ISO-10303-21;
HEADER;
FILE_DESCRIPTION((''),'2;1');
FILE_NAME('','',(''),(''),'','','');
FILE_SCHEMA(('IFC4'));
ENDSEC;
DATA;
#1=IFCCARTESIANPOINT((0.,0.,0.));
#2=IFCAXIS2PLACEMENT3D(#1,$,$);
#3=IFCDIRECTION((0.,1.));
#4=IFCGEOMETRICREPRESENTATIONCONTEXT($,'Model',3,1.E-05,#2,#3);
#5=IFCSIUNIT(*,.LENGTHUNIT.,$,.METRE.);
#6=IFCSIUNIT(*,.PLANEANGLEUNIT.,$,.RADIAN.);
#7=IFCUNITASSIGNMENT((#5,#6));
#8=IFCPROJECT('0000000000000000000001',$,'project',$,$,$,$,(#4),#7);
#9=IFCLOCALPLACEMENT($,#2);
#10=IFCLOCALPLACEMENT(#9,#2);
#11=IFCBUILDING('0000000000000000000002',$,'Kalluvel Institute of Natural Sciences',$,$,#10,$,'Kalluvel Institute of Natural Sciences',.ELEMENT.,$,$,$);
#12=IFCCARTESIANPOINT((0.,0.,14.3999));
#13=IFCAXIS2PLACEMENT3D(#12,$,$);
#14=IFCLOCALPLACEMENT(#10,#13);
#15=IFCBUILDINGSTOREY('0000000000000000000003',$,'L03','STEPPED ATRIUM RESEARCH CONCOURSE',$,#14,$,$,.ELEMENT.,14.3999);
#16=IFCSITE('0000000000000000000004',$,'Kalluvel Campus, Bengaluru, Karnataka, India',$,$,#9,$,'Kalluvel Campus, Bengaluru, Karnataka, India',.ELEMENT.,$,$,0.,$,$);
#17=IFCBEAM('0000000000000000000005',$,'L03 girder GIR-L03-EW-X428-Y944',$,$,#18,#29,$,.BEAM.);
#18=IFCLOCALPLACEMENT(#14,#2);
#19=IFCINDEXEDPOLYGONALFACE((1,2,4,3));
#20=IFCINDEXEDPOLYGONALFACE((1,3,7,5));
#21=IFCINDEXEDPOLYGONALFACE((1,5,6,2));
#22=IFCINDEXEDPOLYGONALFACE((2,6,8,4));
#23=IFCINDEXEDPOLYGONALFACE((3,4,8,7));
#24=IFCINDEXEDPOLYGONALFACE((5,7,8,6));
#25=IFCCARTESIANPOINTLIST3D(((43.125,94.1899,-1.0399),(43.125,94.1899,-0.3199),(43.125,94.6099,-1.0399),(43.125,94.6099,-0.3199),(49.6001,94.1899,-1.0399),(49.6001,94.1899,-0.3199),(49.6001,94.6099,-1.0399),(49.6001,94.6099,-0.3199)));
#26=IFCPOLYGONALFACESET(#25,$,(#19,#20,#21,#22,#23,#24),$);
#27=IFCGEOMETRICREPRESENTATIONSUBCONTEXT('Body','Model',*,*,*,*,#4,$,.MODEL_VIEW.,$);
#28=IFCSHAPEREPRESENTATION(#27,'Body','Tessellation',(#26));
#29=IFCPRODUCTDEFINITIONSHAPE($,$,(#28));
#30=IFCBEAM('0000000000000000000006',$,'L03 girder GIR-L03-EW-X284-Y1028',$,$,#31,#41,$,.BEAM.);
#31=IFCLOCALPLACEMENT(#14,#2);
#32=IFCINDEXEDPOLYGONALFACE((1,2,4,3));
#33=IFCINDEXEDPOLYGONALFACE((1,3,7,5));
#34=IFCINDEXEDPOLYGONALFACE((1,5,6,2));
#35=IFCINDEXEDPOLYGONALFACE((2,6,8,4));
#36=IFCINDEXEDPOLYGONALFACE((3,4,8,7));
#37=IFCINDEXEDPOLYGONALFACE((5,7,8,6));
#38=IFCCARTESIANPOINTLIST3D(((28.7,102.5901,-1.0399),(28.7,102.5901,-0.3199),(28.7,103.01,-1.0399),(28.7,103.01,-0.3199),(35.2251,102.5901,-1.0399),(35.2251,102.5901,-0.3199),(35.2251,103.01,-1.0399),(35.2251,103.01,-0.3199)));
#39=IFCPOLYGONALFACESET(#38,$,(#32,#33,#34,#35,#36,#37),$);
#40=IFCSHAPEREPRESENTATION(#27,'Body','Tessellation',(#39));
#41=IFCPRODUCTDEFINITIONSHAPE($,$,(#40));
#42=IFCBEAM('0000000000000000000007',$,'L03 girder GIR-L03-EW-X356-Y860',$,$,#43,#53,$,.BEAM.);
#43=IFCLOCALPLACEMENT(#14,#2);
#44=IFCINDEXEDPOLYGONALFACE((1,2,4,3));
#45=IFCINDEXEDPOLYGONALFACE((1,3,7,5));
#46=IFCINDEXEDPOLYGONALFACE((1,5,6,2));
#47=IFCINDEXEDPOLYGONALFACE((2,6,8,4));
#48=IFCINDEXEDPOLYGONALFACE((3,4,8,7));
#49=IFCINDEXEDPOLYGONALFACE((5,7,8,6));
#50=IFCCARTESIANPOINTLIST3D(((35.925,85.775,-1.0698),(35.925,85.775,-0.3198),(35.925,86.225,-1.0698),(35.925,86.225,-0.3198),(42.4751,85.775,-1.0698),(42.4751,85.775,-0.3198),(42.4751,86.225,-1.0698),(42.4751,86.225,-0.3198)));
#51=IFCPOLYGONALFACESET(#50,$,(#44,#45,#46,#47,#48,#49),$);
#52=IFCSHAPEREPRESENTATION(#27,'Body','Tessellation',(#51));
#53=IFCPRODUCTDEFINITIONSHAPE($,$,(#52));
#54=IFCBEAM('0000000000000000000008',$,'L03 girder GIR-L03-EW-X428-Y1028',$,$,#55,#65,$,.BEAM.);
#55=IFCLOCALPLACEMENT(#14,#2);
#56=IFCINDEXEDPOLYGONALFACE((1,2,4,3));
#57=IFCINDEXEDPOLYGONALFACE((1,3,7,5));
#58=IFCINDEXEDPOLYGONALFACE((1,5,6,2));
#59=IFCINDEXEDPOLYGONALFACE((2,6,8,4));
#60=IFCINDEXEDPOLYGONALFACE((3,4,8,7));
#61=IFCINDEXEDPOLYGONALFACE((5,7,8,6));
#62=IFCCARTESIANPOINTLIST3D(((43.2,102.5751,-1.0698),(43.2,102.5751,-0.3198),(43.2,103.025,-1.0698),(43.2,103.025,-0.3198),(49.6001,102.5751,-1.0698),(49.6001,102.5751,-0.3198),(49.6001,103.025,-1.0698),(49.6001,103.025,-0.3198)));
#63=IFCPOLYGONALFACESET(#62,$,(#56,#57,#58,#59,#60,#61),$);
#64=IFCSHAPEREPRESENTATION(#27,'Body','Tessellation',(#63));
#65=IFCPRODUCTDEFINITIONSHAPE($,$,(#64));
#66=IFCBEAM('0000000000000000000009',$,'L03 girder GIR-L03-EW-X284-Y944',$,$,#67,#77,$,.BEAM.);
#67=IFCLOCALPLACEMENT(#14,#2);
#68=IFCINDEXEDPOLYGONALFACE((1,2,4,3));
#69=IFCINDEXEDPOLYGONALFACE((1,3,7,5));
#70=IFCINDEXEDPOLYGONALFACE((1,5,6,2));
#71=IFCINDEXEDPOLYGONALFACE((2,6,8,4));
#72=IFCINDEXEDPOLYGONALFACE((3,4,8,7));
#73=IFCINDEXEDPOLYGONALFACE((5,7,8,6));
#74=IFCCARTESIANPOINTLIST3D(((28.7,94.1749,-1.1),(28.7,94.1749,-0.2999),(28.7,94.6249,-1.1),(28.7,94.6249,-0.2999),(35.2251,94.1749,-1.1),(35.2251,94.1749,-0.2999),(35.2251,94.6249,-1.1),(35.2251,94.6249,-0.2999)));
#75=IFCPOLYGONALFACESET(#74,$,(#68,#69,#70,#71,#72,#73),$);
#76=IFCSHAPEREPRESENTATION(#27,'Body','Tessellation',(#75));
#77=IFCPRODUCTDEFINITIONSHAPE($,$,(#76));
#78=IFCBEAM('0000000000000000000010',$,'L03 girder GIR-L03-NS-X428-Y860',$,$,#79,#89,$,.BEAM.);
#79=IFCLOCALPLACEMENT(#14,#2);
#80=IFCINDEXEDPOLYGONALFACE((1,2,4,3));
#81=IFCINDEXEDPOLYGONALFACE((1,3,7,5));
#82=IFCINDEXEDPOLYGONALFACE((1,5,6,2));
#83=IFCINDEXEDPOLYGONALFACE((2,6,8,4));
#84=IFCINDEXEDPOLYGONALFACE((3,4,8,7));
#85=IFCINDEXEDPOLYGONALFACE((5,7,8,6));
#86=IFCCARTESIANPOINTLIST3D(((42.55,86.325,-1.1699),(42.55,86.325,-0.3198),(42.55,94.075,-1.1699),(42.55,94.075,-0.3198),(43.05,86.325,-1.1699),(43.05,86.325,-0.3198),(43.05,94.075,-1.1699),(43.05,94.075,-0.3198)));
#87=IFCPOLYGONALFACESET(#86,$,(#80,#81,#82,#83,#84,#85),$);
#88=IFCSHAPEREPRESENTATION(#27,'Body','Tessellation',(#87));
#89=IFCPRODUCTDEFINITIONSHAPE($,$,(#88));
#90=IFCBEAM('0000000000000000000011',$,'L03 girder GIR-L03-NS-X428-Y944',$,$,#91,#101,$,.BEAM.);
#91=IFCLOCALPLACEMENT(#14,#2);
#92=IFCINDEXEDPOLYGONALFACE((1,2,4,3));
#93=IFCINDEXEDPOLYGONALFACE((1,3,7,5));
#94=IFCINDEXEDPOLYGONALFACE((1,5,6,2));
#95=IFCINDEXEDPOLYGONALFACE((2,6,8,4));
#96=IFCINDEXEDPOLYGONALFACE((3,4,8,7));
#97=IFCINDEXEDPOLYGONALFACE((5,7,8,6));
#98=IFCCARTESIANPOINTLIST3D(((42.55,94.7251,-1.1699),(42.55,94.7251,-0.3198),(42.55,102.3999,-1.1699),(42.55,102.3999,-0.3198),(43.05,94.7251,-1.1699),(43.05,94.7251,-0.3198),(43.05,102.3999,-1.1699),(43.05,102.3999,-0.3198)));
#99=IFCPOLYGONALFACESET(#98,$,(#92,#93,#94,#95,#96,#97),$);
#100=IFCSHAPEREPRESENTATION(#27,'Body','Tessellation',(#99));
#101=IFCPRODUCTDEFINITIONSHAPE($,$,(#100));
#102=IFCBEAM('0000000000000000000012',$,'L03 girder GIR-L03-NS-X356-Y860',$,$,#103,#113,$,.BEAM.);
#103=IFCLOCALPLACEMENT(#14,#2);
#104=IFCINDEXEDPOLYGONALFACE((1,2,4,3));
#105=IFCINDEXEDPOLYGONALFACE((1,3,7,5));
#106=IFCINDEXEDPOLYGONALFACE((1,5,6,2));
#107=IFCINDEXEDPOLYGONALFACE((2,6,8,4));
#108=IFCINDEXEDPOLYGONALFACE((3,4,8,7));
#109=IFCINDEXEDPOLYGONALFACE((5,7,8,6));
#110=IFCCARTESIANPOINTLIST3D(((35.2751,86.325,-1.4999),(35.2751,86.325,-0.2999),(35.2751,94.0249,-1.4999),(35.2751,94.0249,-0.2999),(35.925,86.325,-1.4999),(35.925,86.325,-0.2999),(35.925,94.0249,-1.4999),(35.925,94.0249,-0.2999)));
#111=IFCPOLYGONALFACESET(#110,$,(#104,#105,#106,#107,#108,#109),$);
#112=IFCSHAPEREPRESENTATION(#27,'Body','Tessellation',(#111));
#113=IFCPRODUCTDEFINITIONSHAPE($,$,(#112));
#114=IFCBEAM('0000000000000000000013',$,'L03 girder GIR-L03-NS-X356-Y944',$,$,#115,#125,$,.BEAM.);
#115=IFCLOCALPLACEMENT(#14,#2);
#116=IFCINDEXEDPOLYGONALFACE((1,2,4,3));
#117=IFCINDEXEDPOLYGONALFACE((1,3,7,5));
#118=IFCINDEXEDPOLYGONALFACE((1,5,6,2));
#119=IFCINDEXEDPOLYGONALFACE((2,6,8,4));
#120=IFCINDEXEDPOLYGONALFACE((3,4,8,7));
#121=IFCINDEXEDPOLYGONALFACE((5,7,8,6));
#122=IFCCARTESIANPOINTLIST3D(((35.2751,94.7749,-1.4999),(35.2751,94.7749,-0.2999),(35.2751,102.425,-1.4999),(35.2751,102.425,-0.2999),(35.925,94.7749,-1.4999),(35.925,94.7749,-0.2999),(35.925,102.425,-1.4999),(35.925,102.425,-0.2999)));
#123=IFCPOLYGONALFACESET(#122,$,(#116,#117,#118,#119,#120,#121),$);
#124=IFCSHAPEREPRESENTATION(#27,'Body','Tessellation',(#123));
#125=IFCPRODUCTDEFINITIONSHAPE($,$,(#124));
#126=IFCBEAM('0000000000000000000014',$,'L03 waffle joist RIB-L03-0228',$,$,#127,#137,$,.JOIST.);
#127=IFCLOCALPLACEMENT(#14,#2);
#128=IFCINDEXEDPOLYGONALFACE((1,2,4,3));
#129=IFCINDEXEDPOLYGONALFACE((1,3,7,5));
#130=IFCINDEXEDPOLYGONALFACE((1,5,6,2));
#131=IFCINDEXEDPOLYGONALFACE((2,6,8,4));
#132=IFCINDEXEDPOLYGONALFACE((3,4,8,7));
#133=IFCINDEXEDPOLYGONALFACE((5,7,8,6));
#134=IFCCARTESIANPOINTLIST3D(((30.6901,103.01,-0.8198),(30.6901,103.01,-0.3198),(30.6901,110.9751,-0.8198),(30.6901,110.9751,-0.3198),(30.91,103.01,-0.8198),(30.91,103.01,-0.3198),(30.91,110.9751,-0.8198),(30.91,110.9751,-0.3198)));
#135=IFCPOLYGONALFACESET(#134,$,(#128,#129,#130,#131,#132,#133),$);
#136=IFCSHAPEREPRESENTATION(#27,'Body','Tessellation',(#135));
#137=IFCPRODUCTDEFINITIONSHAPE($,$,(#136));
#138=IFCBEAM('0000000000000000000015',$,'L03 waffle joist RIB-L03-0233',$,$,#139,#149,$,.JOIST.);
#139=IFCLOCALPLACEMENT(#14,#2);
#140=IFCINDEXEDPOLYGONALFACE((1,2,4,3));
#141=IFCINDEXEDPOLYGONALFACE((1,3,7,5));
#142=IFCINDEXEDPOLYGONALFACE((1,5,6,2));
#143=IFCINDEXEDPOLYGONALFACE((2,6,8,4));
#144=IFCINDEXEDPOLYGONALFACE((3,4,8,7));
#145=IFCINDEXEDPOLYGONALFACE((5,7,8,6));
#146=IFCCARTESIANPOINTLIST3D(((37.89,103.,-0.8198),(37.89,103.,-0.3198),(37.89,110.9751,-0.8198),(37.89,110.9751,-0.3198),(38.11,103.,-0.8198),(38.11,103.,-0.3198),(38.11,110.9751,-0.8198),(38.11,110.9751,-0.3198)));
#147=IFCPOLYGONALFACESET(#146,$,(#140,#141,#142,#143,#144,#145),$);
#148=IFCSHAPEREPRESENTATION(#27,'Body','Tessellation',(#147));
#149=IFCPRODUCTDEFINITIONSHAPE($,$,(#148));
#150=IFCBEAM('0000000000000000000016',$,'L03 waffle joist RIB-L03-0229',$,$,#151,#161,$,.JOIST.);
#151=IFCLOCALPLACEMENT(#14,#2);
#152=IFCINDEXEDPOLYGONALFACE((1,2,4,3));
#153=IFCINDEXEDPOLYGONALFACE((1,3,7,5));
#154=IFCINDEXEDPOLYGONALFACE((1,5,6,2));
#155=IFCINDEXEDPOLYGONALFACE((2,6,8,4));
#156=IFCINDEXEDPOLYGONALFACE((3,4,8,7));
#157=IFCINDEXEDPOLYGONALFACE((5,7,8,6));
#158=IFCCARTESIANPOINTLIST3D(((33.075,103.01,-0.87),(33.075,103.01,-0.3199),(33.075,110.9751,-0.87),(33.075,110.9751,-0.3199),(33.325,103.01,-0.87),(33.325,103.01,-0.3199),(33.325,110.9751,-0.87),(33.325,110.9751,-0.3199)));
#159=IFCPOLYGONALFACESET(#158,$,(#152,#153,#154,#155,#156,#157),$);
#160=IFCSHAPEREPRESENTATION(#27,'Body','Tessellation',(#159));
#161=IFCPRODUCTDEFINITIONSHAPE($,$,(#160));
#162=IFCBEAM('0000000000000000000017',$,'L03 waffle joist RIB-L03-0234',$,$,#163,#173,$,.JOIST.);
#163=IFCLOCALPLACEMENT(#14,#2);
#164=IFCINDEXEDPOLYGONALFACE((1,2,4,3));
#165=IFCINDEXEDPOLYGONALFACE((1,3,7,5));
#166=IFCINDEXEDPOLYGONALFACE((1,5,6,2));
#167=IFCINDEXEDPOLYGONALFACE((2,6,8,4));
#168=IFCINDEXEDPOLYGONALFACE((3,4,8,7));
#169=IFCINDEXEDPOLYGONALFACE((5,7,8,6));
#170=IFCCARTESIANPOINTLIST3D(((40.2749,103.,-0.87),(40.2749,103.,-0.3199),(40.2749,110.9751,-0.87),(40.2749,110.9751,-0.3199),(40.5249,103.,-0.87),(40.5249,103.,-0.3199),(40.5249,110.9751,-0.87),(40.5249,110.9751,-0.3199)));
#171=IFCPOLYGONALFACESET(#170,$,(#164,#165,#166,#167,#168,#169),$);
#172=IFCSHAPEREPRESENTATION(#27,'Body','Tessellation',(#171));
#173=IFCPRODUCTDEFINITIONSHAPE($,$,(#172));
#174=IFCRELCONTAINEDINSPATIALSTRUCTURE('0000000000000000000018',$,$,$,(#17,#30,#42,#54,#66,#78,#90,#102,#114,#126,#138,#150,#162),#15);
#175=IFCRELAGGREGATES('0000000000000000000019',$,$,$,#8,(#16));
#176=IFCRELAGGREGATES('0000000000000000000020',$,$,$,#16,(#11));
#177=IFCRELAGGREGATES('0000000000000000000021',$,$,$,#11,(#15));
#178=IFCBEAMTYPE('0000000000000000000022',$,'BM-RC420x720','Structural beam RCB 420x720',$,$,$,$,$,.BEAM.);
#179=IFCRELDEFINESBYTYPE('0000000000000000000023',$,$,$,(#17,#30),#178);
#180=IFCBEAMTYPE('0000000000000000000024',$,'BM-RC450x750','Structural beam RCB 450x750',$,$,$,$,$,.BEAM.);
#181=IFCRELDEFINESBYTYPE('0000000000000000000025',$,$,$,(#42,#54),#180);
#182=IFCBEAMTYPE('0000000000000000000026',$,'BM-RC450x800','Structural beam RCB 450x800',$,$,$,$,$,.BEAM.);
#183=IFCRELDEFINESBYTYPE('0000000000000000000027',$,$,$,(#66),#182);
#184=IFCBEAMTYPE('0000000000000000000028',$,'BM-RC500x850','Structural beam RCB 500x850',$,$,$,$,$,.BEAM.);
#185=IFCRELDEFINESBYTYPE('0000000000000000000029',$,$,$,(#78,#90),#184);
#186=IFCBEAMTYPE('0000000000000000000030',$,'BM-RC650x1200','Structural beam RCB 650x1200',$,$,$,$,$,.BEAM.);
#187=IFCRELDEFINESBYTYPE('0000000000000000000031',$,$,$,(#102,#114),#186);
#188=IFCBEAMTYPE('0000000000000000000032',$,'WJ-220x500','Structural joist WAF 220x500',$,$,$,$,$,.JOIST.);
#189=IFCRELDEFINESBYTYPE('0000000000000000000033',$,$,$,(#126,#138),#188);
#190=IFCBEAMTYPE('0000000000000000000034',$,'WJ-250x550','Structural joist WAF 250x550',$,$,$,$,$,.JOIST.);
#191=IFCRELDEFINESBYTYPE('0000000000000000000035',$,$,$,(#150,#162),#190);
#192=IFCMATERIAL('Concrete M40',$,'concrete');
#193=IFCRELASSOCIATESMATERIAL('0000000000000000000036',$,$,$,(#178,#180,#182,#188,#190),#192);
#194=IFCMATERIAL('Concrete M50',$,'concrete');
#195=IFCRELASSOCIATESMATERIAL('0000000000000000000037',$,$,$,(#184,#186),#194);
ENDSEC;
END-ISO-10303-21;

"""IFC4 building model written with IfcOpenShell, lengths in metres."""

from ifc_helpers import new_model, si_unit, direction, frame, origin, origin_2d, place, context, subcontext, project, spatial, rectangle, extrude, material, material_profile, profile_set, type_object, element, save


model = new_model("IFC4")

# Units and contexts
model_context = context("Model", 3, precision=1e-05, world=origin(), true_north=direction((0.0, 1.0)))
body_context = subcontext(model_context, "Body", "Model", "MODEL_VIEW")
ifc_project = project(units=[si_unit("LENGTHUNIT", "METRE"), si_unit("PLANEANGLEUNIT", "RADIAN")], contexts=[model_context])

# Site, building, storey
site_placement = place(None, origin())
site = spatial("IfcSite", under=ifc_project, at=site_placement, Name="Kalluvel Campus, Bengaluru, Karnataka, India", LongName="Kalluvel Campus, Bengaluru, Karnataka, India", CompositionType="ELEMENT", RefElevation=0.0)
building_placement = place(site_placement, origin())
building = spatial("IfcBuilding", under=site, at=building_placement, Name="Kalluvel Institute of Natural Sciences", LongName="Kalluvel Institute of Natural Sciences", CompositionType="ELEMENT")
storey_placement = place(building_placement, frame((0.0, 0.0, 14.3999)))
storey = spatial("IfcBuildingStorey", under=building, at=storey_placement, Name="L03", Description="STEPPED ATRIUM RESEARCH CONCOURSE", CompositionType="ELEMENT", Elevation=14.3999)

# Shared definitions
ifc_material_1 = material(Name="Concrete M50", Category="concrete")
ifc_material_2 = material(Name="Concrete M40", Category="concrete")

# Beams
ifc_material_profile_1 = material_profile(ifc_material_2, rectangle(XDim=0.4199, YDim=0.72, at=origin_2d()), Name="RCB 420x720")
ifc_profile_set_1 = profile_set([ifc_material_profile_1], Name="Concrete M40")
beam_type_1 = type_object("IfcBeamType", Name="BM-RC420x720", Description="Structural beam RCB 420x720", PredefinedType="BEAM", material=ifc_profile_set_1)
beam_1_placement = place(storey_placement, frame((43.125, 94.3999, -0.6799), z_axis=(1.0, 0.0, 0.0), x_axis=(0.0, 1.0, 0.0)))
element("IfcBeam", 1, at=beam_1_placement, inside=storey, type_object=beam_type_1, Name="L03 girder GIR-L03-EW-X428-Y944", PredefinedType="BEAM", context=body_context, shape_type="SweptSolid", body=[
    extrude(rectangle(XDim=0.4199, YDim=0.72, at=origin_2d()), origin(), (0.0, 0.0, 1.0), 6.4751),
])
beam_2_placement = place(storey_placement, frame((28.7, 102.8, -0.6799), z_axis=(1.0, 0.0, 0.0), x_axis=(0.0, 1.0, 0.0)))
element("IfcBeam", 2, at=beam_2_placement, inside=storey, type_object=beam_type_1, Name="L03 girder GIR-L03-EW-X284-Y1028", PredefinedType="BEAM", context=body_context, shape_type="SweptSolid", body=[
    extrude(rectangle(XDim=0.4199, YDim=0.72, at=origin_2d()), origin(), (0.0, 0.0, 1.0), 6.5251),
])
ifc_material_profile_2 = material_profile(ifc_material_2, rectangle(XDim=0.45, YDim=0.75, at=origin_2d()), Name="RCB 450x750")
ifc_profile_set_2 = profile_set([ifc_material_profile_2], Name="Concrete M40")
beam_type_2 = type_object("IfcBeamType", Name="BM-RC450x750", Description="Structural beam RCB 450x750", PredefinedType="BEAM", material=ifc_profile_set_2)
beam_3_placement = place(storey_placement, frame((35.925, 86.0, -0.6948), z_axis=(1.0, 0.0, 0.0), x_axis=(0.0, 1.0, 0.0)))
element("IfcBeam", 3, at=beam_3_placement, inside=storey, type_object=beam_type_2, Name="L03 girder GIR-L03-EW-X356-Y860", PredefinedType="BEAM", context=body_context, shape_type="SweptSolid", body=[
    extrude(rectangle(XDim=0.45, YDim=0.75, at=origin_2d()), origin(), (0.0, 0.0, 1.0), 6.55),
])
beam_4_placement = place(storey_placement, frame((43.2, 102.8, -0.6948), z_axis=(1.0, 0.0, 0.0), x_axis=(0.0, 1.0, 0.0)))
element("IfcBeam", 4, at=beam_4_placement, inside=storey, type_object=beam_type_2, Name="L03 girder GIR-L03-EW-X428-Y1028", PredefinedType="BEAM", context=body_context, shape_type="SweptSolid", body=[
    extrude(rectangle(XDim=0.45, YDim=0.75, at=origin_2d()), origin(), (0.0, 0.0, 1.0), 6.4001),
])
ifc_material_profile_3 = material_profile(ifc_material_2, rectangle(XDim=0.45, YDim=0.8, at=origin_2d()), Name="RCB 450x800")
ifc_profile_set_3 = profile_set([ifc_material_profile_3], Name="Concrete M40")
beam_type_3 = type_object("IfcBeamType", Name="BM-RC450x800", Description="Structural beam RCB 450x800", PredefinedType="BEAM", material=ifc_profile_set_3)
beam_5_placement = place(storey_placement, frame((28.7, 94.3999, -0.7), z_axis=(1.0, 0.0, 0.0), x_axis=(0.0, 1.0, 0.0)))
element("IfcBeam", 5, at=beam_5_placement, inside=storey, type_object=beam_type_3, Name="L03 girder GIR-L03-EW-X284-Y944", PredefinedType="BEAM", context=body_context, shape_type="SweptSolid", body=[
    extrude(rectangle(XDim=0.45, YDim=0.8, at=origin_2d()), origin(), (0.0, 0.0, 1.0), 6.5251),
])
ifc_material_profile_4 = material_profile(ifc_material_1, rectangle(XDim=0.5, YDim=0.8501, at=origin_2d()), Name="RCB 500x850")
ifc_profile_set_4 = profile_set([ifc_material_profile_4], Name="Concrete M50")
beam_type_4 = type_object("IfcBeamType", Name="BM-RC500x850", Description="Structural beam RCB 500x850", PredefinedType="BEAM", material=ifc_profile_set_4)
beam_6_placement = place(storey_placement, frame((42.8, 86.325, -0.7449), z_axis=(0.0, 1.0, 0.0), x_axis=(-1.0, 0.0, 0.0)))
element("IfcBeam", 6, at=beam_6_placement, inside=storey, type_object=beam_type_4, Name="L03 girder GIR-L03-NS-X428-Y860", PredefinedType="BEAM", context=body_context, shape_type="SweptSolid", body=[
    extrude(rectangle(XDim=0.5, YDim=0.8501, at=origin_2d()), origin(), (0.0, 0.0, 1.0), 7.75),
])
beam_7_placement = place(storey_placement, frame((42.8, 94.7251, -0.7449), z_axis=(0.0, 1.0, 0.0), x_axis=(-1.0, 0.0, 0.0)))
element("IfcBeam", 7, at=beam_7_placement, inside=storey, type_object=beam_type_4, Name="L03 girder GIR-L03-NS-X428-Y944", PredefinedType="BEAM", context=body_context, shape_type="SweptSolid", body=[
    extrude(rectangle(XDim=0.5, YDim=0.8501, at=origin_2d()), origin(), (0.0, 0.0, 1.0), 7.6748),
])
ifc_material_profile_5 = material_profile(ifc_material_1, rectangle(XDim=0.6499, YDim=1.2, at=origin_2d()), Name="RCB 650x1200")
ifc_profile_set_5 = profile_set([ifc_material_profile_5], Name="Concrete M50")
beam_type_5 = type_object("IfcBeamType", Name="BM-RC650x1200", Description="Structural beam RCB 650x1200", PredefinedType="BEAM", material=ifc_profile_set_5)
beam_8_placement = place(storey_placement, frame((35.6001, 86.325, -0.8999), z_axis=(0.0, 1.0, 0.0), x_axis=(-1.0, 0.0, 0.0)))
element("IfcBeam", 8, at=beam_8_placement, inside=storey, type_object=beam_type_5, Name="L03 girder GIR-L03-NS-X356-Y860", PredefinedType="BEAM", context=body_context, shape_type="SweptSolid", body=[
    extrude(rectangle(XDim=0.6499, YDim=1.2, at=origin_2d()), origin(), (0.0, 0.0, 1.0), 7.7),
])
beam_9_placement = place(storey_placement, frame((35.6001, 94.7749, -0.8999), z_axis=(0.0, 1.0, 0.0), x_axis=(-1.0, 0.0, 0.0)))
element("IfcBeam", 9, at=beam_9_placement, inside=storey, type_object=beam_type_5, Name="L03 girder GIR-L03-NS-X356-Y944", PredefinedType="BEAM", context=body_context, shape_type="SweptSolid", body=[
    extrude(rectangle(XDim=0.6499, YDim=1.2, at=origin_2d()), origin(), (0.0, 0.0, 1.0), 7.6501),
])
ifc_material_profile_6 = material_profile(ifc_material_2, rectangle(XDim=0.22, YDim=0.5, at=origin_2d()), Name="WAF 220x500")
ifc_profile_set_6 = profile_set([ifc_material_profile_6], Name="Concrete M40")
beam_type_6 = type_object("IfcBeamType", Name="WJ-220x500", Description="Structural joist WAF 220x500", PredefinedType="JOIST", material=ifc_profile_set_6)
beam_10_placement = place(storey_placement, frame((30.8, 103.01, -0.5698), z_axis=(0.0, 1.0, 0.0), x_axis=(-1.0, 0.0, 0.0)))
element("IfcBeam", 10, at=beam_10_placement, inside=storey, type_object=beam_type_6, Name="L03 waffle joist RIB-L03-0228", PredefinedType="JOIST", context=body_context, shape_type="SweptSolid", body=[
    extrude(rectangle(XDim=0.22, YDim=0.5, at=origin_2d()), origin(), (0.0, 0.0, 1.0), 7.9651),
])
beam_11_placement = place(storey_placement, frame((38.0, 103.0, -0.5698), z_axis=(0.0, 1.0, 0.0), x_axis=(-1.0, 0.0, 0.0)))
element("IfcBeam", 11, at=beam_11_placement, inside=storey, type_object=beam_type_6, Name="L03 waffle joist RIB-L03-0233", PredefinedType="JOIST", context=body_context, shape_type="SweptSolid", body=[
    extrude(rectangle(XDim=0.22, YDim=0.5, at=origin_2d()), origin(), (0.0, 0.0, 1.0), 7.9751),
])
ifc_material_profile_7 = material_profile(ifc_material_2, rectangle(XDim=0.25, YDim=0.55, at=origin_2d()), Name="WAF 250x550")
ifc_profile_set_7 = profile_set([ifc_material_profile_7], Name="Concrete M40")
beam_type_7 = type_object("IfcBeamType", Name="WJ-250x550", Description="Structural joist WAF 250x550", PredefinedType="JOIST", material=ifc_profile_set_7)
beam_12_placement = place(storey_placement, frame((33.2, 103.01, -0.595), z_axis=(0.0, 1.0, 0.0), x_axis=(-1.0, 0.0, 0.0)))
element("IfcBeam", 12, at=beam_12_placement, inside=storey, type_object=beam_type_7, Name="L03 waffle joist RIB-L03-0229", PredefinedType="JOIST", context=body_context, shape_type="SweptSolid", body=[
    extrude(rectangle(XDim=0.25, YDim=0.55, at=origin_2d()), origin(), (0.0, 0.0, 1.0), 7.9651),
])
beam_13_placement = place(storey_placement, frame((40.3999, 103.0, -0.595), z_axis=(0.0, 1.0, 0.0), x_axis=(-1.0, 0.0, 0.0)))
element("IfcBeam", 13, at=beam_13_placement, inside=storey, type_object=beam_type_7, Name="L03 waffle joist RIB-L03-0234", PredefinedType="JOIST", context=body_context, shape_type="SweptSolid", body=[
    extrude(rectangle(XDim=0.25, YDim=0.55, at=origin_2d()), origin(), (0.0, 0.0, 1.0), 7.9751),
])

save(model, "model.ifc")
